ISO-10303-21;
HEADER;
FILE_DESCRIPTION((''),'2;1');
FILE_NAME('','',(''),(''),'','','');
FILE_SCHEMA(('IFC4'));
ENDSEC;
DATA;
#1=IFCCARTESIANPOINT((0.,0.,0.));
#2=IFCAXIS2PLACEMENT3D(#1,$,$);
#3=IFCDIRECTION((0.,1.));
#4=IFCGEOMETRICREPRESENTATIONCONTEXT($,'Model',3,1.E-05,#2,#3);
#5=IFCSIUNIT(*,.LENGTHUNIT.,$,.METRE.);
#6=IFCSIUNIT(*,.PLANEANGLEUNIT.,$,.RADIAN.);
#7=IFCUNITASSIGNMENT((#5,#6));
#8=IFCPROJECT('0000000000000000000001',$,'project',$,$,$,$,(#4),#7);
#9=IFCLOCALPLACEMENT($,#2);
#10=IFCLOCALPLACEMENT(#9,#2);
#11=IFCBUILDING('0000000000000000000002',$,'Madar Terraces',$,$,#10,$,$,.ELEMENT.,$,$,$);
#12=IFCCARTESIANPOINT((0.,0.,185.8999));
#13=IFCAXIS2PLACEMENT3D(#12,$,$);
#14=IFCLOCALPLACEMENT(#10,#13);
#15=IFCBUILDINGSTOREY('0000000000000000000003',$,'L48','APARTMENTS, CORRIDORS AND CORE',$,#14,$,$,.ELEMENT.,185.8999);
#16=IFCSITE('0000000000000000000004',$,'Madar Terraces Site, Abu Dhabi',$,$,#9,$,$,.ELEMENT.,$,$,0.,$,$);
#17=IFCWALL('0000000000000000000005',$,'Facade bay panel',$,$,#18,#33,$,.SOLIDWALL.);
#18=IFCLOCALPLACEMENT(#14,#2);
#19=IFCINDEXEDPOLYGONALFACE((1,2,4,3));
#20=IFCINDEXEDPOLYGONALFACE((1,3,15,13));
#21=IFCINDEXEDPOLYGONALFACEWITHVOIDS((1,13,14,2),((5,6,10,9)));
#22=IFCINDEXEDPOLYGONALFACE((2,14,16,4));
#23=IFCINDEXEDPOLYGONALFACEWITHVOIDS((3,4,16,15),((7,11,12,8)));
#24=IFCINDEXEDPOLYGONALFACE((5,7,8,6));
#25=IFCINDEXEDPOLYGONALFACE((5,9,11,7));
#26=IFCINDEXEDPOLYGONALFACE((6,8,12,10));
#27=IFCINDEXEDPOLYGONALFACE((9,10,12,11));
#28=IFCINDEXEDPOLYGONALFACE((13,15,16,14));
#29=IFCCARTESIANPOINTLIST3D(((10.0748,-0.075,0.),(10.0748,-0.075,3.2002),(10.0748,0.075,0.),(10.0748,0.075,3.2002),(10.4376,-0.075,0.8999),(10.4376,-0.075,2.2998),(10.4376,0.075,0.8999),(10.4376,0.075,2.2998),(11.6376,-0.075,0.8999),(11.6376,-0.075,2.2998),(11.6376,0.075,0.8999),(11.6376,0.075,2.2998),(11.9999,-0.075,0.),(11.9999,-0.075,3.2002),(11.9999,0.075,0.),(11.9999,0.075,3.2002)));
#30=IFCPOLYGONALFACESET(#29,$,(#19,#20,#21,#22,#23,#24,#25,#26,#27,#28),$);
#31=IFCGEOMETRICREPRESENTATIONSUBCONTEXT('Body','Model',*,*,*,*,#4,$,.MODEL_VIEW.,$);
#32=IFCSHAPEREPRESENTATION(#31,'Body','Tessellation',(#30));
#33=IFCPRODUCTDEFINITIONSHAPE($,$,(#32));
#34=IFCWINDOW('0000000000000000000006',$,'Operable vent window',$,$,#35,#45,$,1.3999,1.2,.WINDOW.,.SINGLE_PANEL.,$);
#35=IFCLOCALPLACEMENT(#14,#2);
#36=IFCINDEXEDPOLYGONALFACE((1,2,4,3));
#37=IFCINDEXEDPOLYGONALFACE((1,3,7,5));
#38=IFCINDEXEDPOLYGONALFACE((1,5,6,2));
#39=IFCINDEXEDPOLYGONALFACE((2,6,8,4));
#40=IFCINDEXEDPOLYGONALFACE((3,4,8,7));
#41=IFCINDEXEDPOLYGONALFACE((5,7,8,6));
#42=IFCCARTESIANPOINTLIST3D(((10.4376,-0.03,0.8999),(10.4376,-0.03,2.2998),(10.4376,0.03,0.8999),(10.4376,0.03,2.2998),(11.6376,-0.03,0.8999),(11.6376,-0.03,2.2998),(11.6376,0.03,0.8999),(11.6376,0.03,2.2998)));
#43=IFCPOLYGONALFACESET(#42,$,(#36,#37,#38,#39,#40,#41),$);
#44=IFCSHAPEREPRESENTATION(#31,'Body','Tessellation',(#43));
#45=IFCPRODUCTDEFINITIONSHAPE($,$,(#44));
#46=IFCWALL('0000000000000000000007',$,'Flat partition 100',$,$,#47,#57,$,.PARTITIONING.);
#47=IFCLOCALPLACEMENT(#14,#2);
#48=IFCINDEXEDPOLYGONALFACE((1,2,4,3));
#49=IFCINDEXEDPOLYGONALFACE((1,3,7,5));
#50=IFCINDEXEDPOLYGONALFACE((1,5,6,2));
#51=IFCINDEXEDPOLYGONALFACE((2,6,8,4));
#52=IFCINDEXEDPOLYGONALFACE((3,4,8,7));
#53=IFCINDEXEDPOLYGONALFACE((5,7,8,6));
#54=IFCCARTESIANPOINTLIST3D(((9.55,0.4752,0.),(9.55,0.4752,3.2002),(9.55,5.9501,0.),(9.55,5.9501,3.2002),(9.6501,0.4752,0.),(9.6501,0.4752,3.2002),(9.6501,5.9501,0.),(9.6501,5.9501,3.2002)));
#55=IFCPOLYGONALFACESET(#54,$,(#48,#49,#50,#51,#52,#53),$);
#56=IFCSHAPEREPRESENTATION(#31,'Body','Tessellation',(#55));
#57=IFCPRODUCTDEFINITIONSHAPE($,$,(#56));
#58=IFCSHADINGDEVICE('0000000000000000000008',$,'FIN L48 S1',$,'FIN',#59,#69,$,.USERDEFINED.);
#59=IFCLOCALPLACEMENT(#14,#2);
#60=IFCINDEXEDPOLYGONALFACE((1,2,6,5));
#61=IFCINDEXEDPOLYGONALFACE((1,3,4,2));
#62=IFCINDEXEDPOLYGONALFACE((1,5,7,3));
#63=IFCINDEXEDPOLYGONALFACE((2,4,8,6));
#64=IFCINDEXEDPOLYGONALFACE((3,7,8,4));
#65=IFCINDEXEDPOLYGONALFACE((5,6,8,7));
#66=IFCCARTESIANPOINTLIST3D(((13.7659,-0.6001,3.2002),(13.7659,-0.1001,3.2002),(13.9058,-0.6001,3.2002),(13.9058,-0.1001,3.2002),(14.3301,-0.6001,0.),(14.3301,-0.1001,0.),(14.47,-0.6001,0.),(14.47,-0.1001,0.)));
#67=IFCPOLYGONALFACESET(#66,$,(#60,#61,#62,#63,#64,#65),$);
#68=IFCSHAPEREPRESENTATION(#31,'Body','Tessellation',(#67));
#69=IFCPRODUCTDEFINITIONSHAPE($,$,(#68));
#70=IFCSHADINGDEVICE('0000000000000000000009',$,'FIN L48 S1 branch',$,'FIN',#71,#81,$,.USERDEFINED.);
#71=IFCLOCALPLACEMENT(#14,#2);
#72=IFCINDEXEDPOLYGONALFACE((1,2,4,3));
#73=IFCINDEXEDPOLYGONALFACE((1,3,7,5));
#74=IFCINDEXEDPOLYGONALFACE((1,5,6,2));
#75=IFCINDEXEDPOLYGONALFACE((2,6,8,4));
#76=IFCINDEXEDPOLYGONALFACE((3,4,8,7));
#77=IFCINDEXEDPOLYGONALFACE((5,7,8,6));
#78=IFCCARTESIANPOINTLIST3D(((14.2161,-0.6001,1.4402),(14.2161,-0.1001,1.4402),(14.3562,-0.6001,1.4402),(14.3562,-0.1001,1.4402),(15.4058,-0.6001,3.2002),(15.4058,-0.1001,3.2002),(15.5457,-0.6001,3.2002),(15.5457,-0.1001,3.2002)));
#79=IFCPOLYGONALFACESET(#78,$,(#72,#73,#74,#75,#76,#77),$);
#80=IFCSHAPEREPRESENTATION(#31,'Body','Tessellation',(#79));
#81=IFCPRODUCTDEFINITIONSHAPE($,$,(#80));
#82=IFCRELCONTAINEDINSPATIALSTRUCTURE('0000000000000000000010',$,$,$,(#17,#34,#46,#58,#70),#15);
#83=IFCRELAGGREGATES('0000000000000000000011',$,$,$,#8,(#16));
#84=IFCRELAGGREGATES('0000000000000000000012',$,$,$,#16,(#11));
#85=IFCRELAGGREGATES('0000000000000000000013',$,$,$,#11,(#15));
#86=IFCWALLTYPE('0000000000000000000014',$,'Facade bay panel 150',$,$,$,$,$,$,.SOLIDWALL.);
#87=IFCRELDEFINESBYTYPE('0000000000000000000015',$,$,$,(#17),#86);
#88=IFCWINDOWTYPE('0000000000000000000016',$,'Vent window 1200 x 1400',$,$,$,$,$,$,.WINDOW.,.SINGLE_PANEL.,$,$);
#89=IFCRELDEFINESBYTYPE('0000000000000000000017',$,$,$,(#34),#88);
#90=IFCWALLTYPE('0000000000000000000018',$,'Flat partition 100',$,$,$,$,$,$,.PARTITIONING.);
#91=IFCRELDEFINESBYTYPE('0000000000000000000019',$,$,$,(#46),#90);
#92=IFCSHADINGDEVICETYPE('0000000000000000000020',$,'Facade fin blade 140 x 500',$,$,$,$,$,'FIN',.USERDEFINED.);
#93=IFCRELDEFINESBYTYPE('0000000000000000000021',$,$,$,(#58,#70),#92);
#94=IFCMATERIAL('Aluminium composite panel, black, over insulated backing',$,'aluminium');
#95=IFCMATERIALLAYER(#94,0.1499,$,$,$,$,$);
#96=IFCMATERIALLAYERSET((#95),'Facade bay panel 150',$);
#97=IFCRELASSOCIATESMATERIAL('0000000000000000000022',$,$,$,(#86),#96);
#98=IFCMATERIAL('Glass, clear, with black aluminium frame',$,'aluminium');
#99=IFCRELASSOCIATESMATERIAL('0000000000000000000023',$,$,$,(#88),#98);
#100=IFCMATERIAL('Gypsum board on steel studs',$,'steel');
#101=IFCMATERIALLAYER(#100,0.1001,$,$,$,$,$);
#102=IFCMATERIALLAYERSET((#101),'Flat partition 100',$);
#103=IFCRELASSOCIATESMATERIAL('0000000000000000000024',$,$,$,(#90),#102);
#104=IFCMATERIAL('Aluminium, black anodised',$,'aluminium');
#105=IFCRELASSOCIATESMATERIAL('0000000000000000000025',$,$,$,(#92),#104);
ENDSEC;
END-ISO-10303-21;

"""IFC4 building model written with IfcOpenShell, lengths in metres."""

from ifc_helpers import new_model, si_unit, direction, frame, frame_2d, origin, place, context, subcontext, project, spatial, polyline, rectangle, outline, extrude, material, layer, layer_set, type_object, element, fill, save


model = new_model("IFC4")

# Units and contexts
model_context = context("Model", 3, precision=1e-05, world=origin(), true_north=direction((0.0, 1.0)))
body_context = subcontext(model_context, "Body", "Model", "MODEL_VIEW")
ifc_project = project(units=[si_unit("LENGTHUNIT", "METRE"), si_unit("PLANEANGLEUNIT", "RADIAN")], contexts=[model_context])

# Site, building, storey
site_placement = place(None, origin())
site = spatial("IfcSite", under=ifc_project, at=site_placement, Name="Madar Terraces Site, Abu Dhabi", CompositionType="ELEMENT", RefElevation=0.0)
building_placement = place(site_placement, origin())
building = spatial("IfcBuilding", under=site, at=building_placement, Name="Madar Terraces", CompositionType="ELEMENT")
storey_placement = place(building_placement, frame((0.0, 0.0, 185.8999)))
storey = spatial("IfcBuildingStorey", under=building, at=storey_placement, Name="L48", Description="APARTMENTS, CORRIDORS AND CORE", CompositionType="ELEMENT", Elevation=185.8999)

# Wall, opening, window
ifc_material_1 = material(Name="Aluminium composite panel, black, over insulated backing", Category="aluminium")
ifc_layer_1 = layer(ifc_material_1, 0.1499)
ifc_layer_set_1 = layer_set([ifc_layer_1], Name="Facade bay panel 150")
wall_type_1 = type_object("IfcWallType", Name="Facade bay panel 150", PredefinedType="SOLIDWALL", material=ifc_layer_set_1)
wall_1_placement = place(storey_placement, frame((10.075, 0.0, 0.0), z_axis=(0.0, 0.0, 1.0), x_axis=(1.0, 0.0, 0.0)))
wall_1 = element("IfcWall", 1, at=wall_1_placement, inside=storey, type_object=wall_type_1, Name="Facade bay panel", PredefinedType="SOLIDWALL", context=body_context, shape_type="SweptSolid", body=[
    extrude(rectangle(XDim=1.925, YDim=0.1499, at=frame_2d((0.9624, 0.0))), origin(), (0.0, 0.0, 1.0), 3.2002),
])
opening_1_placement = place(wall_1_placement, frame((0.3625, 0.0, 0.8999)))
opening_1 = element("IfcOpeningElement", 2, at=opening_1_placement, cuts=wall_1, PredefinedType="OPENING", context=body_context, shape_type="SweptSolid", body=[
    extrude(rectangle(XDim=1.2, YDim=1.3999, at=frame_2d((0.6001, 0.7))), frame((0.0, 0.085, 0.0), z_axis=(0.0, -1.0, 0.0), x_axis=(1.0, 0.0, 0.0)), (0.0, 0.0, 1.0), 0.1699),
])
ifc_material_2 = material(Name="Glass, clear, with black aluminium frame", Category="aluminium")
window_type = type_object("IfcWindowType", Name="Vent window 1200 x 1400", PartitioningType="SINGLE_PANEL", PredefinedType="WINDOW", material=ifc_material_2)
window_placement = place(opening_1_placement, origin())
window = element("IfcWindow", 3, at=window_placement, inside=storey, type_object=window_type, Name="Operable vent window", OverallHeight=1.3999, OverallWidth=1.2, PartitioningType="SINGLE_PANEL", PredefinedType="WINDOW", context=body_context, shape_type="SweptSolid", body=[
    extrude(rectangle(XDim=1.2, YDim=1.3999, at=frame_2d((0.6001, 0.7))), frame((0.0, 0.03, 0.0), z_axis=(0.0, -1.0, 0.0), x_axis=(1.0, 0.0, 0.0)), (0.0, 0.0, 1.0), 0.0601),
])
fill(opening_1, window)

# Wall
ifc_material_3 = material(Name="Gypsum board on steel studs", Category="steel")
ifc_layer_2 = layer(ifc_material_3, 0.1001)
ifc_layer_set_2 = layer_set([ifc_layer_2], Name="Flat partition 100")
wall_type_2 = type_object("IfcWallType", Name="Flat partition 100", PredefinedType="PARTITIONING", material=ifc_layer_set_2)
wall_2_placement = place(storey_placement, frame((9.6001, 5.95, 0.0), z_axis=(0.0, 0.0, 1.0), x_axis=(0.0, -1.0, 0.0)))
element("IfcWall", 4, at=wall_2_placement, inside=storey, type_object=wall_type_2, Name="Flat partition 100", PredefinedType="PARTITIONING", context=body_context, shape_type="SweptSolid", body=[
    extrude(rectangle(XDim=5.4749, YDim=0.1001, at=frame_2d((2.7373, 0.0))), origin(), (0.0, 0.0, 1.0), 3.2002),
])

# Shading devices
ifc_material_4 = material(Name="Aluminium, black anodised", Category="aluminium")
shading_device_type = type_object("IfcShadingDeviceType", Name="Facade fin blade 140 x 500", ElementType="FIN", PredefinedType="USERDEFINED", material=ifc_material_4)
shading_device_1_placement = place(storey_placement, frame((14.3301, -0.3501, 0.0), z_axis=(0.0, 0.0, 1.0), x_axis=(1.0, 0.0, 0.0)))
element("IfcShadingDevice", 5, at=shading_device_1_placement, inside=storey, type_object=shading_device_type, Name="FIN L48 S1", ObjectType="FIN", PredefinedType="USERDEFINED", context=body_context, shape_type="SweptSolid", body=[
    extrude(outline(polyline([(0.0, 0.0), (0.1399, 0.0), (-0.4243, 3.2002), (-0.5642, 3.2002), (0.0, 0.0)])), frame((0.0, 0.25, 0.0), z_axis=(0.0, -1.0, 0.0), x_axis=(1.0, 0.0, 0.0)), (0.0, 0.0, 1.0), 0.5),
])
shading_device_2_placement = place(storey_placement, frame((14.2161, -0.3501, 1.4402), z_axis=(0.0, 0.0, 1.0), x_axis=(1.0, 0.0, 0.0)))
element("IfcShadingDevice", 6, at=shading_device_2_placement, inside=storey, type_object=shading_device_type, Name="FIN L48 S1 branch", ObjectType="FIN", PredefinedType="USERDEFINED", context=body_context, shape_type="SweptSolid", body=[
    extrude(outline(polyline([(0.0, 0.0), (0.1401, 0.0), (1.3296, 1.76), (1.1897, 1.76), (0.0, 0.0)])), frame((0.0, 0.25, 0.0), z_axis=(0.0, -1.0, 0.0), x_axis=(1.0, 0.0, 0.0)), (0.0, 0.0, 1.0), 0.5),
])

save(model, "model.ifc")
